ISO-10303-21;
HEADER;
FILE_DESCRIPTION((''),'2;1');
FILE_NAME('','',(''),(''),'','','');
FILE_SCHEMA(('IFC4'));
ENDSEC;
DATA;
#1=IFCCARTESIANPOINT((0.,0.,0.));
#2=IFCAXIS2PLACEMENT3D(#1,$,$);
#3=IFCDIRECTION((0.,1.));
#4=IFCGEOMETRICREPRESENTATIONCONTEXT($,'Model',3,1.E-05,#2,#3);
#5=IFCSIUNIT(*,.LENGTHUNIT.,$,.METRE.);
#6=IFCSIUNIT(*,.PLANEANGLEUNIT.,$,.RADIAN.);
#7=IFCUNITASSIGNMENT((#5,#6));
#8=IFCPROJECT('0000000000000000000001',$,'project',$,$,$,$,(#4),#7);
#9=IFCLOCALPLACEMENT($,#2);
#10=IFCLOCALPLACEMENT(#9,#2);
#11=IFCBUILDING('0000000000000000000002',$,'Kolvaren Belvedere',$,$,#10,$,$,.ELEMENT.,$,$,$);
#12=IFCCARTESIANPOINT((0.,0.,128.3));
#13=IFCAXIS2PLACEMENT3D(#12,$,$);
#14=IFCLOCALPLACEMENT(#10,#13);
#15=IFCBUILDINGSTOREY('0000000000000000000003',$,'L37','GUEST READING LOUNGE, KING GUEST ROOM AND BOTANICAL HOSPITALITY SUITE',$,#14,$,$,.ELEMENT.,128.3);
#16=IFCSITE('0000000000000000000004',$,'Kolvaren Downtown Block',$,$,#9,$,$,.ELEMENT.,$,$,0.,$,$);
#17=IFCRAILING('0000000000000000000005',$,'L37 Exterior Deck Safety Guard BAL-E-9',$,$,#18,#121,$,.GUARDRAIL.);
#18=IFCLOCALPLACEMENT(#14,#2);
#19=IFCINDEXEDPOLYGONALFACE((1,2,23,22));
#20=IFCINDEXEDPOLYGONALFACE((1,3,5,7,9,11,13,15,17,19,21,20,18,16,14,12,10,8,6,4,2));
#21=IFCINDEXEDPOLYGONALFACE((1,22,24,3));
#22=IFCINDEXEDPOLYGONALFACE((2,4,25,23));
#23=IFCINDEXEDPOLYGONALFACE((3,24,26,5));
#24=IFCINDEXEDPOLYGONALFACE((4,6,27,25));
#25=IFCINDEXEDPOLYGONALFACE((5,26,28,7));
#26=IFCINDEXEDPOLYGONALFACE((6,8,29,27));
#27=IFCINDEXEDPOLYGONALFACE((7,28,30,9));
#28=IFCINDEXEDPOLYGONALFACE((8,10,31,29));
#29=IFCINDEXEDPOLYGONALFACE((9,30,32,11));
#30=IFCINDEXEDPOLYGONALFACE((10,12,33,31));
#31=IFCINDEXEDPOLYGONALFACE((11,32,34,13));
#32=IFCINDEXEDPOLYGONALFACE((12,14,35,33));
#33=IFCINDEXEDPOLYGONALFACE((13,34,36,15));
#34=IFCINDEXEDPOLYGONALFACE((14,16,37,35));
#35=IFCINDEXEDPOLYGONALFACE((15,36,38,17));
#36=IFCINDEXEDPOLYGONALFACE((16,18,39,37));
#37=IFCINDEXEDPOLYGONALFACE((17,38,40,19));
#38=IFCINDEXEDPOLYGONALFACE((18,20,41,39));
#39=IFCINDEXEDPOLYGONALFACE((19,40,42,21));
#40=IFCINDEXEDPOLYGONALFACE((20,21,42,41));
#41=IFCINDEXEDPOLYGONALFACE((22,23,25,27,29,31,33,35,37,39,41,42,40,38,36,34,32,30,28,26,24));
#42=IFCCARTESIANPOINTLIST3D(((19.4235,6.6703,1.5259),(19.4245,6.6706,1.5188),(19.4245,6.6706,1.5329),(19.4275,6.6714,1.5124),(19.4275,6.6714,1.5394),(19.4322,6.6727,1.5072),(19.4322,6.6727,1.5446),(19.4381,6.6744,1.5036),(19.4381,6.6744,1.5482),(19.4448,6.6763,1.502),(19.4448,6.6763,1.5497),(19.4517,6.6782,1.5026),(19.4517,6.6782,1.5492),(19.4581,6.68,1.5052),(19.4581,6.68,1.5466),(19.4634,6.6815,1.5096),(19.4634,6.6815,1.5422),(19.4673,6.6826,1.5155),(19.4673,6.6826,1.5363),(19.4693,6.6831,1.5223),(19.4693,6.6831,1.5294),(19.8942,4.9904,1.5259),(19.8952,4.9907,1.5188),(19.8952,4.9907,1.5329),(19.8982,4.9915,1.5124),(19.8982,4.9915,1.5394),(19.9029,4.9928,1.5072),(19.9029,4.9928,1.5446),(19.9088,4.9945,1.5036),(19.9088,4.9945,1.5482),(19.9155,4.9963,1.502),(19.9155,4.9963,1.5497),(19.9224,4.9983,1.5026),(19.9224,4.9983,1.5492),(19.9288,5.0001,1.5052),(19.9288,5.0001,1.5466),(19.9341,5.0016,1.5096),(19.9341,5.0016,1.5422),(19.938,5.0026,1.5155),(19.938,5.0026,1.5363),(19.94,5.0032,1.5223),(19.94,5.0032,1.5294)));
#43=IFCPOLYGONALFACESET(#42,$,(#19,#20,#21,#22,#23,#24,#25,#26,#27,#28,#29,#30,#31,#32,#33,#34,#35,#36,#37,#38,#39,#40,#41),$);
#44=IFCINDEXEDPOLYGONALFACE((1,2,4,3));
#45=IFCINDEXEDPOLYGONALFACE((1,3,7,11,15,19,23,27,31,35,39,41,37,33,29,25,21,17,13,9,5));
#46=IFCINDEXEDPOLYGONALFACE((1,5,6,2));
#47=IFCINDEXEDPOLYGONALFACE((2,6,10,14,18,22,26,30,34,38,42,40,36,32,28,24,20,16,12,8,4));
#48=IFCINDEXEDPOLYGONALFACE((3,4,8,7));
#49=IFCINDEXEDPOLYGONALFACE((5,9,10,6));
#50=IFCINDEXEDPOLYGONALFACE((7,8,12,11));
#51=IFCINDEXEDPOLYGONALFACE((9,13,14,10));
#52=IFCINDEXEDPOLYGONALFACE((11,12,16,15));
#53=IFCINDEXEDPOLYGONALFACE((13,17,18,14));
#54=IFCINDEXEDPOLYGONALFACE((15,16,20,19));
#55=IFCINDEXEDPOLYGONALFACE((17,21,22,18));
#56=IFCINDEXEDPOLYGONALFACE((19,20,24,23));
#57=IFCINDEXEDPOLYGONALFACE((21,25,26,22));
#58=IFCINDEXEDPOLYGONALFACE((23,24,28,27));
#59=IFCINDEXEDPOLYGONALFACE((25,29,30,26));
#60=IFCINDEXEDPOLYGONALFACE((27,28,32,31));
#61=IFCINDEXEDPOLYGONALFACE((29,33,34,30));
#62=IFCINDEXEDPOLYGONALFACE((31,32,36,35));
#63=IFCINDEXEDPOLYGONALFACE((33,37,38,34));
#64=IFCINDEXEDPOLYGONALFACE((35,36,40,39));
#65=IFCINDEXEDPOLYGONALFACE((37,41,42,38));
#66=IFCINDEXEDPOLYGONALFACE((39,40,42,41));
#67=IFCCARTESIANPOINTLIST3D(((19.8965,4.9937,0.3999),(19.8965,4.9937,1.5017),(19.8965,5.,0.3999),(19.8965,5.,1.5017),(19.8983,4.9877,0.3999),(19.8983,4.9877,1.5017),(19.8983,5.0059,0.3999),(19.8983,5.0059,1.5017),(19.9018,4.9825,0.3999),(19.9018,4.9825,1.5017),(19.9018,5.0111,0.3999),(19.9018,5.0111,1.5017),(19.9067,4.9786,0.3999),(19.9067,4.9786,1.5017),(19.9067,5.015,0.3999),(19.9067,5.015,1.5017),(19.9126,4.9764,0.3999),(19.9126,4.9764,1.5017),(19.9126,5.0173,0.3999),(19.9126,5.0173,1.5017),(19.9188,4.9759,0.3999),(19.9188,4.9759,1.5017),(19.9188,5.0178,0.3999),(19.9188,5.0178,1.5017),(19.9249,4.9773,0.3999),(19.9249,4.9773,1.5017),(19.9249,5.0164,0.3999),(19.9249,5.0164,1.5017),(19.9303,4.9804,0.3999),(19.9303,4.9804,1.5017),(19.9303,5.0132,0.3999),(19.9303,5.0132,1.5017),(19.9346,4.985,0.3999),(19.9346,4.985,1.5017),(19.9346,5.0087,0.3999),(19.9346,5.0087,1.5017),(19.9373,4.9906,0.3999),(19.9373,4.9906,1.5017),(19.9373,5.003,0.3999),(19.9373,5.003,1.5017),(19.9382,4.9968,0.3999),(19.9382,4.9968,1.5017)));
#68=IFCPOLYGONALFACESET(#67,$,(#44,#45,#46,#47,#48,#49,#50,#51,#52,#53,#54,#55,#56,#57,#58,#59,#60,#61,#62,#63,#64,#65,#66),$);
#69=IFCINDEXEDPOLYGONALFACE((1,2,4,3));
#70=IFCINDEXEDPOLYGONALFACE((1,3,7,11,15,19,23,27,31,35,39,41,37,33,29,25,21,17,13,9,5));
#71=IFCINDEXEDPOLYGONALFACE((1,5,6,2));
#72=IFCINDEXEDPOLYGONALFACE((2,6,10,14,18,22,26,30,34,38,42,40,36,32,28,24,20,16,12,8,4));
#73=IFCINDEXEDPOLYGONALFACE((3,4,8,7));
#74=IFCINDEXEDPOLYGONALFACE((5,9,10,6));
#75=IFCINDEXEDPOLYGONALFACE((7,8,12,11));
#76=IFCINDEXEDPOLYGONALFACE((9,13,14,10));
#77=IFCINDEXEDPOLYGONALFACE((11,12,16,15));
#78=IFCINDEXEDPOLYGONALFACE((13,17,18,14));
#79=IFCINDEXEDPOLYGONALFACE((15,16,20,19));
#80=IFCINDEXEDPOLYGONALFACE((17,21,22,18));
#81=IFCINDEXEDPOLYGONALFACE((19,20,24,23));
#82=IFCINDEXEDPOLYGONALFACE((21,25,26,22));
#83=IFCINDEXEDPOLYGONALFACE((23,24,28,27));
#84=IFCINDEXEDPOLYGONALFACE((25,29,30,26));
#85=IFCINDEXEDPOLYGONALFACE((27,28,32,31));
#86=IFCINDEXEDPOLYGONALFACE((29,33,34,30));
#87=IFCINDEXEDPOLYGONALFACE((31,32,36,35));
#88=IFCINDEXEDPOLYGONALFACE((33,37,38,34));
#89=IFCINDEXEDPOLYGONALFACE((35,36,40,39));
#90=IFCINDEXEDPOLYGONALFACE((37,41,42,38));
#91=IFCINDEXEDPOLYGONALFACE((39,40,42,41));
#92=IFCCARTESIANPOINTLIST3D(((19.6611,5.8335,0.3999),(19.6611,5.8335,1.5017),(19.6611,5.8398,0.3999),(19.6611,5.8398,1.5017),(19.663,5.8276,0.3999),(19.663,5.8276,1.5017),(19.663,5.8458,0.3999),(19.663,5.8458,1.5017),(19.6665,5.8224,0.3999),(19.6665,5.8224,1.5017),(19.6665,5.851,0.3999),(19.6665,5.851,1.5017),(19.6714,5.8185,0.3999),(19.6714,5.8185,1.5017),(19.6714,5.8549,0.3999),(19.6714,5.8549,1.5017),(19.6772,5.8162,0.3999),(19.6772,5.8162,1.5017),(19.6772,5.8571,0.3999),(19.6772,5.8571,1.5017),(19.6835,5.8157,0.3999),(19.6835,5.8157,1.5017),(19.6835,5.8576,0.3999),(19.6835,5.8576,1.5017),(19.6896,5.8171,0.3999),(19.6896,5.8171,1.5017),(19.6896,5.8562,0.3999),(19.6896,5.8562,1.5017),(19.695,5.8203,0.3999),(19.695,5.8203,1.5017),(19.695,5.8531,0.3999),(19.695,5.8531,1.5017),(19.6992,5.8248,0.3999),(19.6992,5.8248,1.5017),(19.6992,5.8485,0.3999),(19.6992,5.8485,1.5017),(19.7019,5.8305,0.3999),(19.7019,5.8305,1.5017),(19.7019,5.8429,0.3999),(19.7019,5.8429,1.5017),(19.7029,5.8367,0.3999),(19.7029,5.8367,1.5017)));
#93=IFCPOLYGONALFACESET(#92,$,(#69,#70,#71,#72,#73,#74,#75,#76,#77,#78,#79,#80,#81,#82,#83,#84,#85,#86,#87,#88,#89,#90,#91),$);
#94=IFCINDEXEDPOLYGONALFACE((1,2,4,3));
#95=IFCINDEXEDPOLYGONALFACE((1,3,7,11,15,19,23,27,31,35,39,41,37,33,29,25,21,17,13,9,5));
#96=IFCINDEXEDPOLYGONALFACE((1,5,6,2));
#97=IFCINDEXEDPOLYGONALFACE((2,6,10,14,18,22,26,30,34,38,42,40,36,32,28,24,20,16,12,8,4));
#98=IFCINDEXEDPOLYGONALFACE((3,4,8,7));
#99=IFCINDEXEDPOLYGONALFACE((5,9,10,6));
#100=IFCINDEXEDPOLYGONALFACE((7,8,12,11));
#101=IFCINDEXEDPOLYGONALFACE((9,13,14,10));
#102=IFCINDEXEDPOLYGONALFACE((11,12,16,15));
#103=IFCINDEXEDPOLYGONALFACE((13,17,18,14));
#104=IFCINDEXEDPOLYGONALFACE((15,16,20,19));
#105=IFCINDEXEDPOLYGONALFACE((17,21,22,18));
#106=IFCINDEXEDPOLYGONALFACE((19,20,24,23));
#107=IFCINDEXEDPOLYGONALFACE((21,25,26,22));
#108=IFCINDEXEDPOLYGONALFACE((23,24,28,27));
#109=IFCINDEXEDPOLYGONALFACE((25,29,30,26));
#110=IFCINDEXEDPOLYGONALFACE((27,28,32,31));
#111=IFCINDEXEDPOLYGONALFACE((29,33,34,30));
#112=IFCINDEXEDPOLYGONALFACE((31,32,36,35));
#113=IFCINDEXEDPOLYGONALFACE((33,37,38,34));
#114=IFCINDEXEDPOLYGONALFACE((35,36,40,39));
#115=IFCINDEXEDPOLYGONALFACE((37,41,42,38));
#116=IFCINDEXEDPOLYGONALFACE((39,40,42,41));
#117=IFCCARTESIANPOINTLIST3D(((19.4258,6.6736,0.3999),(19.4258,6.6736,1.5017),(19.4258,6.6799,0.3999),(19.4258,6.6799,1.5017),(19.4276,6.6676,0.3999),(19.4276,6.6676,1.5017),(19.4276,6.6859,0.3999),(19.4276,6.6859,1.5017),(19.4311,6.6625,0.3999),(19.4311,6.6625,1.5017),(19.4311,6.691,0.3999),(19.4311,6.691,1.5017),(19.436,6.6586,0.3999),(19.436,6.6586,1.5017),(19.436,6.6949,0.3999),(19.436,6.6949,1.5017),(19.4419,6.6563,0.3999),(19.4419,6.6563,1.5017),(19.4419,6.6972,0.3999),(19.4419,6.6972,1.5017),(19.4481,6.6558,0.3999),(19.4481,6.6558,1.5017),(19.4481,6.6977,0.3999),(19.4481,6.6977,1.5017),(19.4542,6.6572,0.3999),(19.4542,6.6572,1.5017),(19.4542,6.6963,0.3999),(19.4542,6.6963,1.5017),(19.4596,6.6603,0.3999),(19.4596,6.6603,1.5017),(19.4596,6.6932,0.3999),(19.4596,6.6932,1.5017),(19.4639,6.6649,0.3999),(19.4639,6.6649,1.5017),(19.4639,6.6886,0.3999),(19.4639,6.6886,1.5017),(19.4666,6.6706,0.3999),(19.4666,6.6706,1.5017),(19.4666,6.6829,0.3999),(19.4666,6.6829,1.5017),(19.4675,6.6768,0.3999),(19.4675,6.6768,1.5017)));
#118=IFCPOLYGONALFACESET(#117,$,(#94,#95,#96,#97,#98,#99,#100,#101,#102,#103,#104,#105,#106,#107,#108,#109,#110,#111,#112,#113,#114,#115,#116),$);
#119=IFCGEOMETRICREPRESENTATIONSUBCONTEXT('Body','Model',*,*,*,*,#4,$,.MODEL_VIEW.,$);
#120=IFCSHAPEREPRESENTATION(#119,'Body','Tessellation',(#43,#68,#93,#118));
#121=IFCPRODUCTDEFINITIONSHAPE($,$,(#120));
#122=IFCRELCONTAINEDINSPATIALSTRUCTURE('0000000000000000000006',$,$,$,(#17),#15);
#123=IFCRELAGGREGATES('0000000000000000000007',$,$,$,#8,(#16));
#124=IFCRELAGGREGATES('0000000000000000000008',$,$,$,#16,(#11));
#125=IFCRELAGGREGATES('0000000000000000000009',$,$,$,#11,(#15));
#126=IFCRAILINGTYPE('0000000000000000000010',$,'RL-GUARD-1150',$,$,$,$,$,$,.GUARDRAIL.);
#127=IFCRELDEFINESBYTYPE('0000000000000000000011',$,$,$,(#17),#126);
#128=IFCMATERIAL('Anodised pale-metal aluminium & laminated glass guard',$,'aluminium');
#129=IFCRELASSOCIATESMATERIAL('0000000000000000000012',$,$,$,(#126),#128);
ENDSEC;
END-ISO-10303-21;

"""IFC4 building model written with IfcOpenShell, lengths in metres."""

from ifc_helpers import new_model, si_unit, direction, frame, origin, origin_2d, place, context, subcontext, project, spatial, circle, extrude, material, type_object, element, save


model = new_model("IFC4")

# Units and contexts
model_context = context("Model", 3, precision=1e-05, world=origin(), true_north=direction((0.0, 1.0)))
body_context = subcontext(model_context, "Body", "Model", "MODEL_VIEW")
ifc_project = project(units=[si_unit("LENGTHUNIT", "METRE"), si_unit("PLANEANGLEUNIT", "RADIAN")], contexts=[model_context])

# Site, building, storey
site_placement = place(None, origin())
site = spatial("IfcSite", under=ifc_project, at=site_placement, Name="Kolvaren Downtown Block", CompositionType="ELEMENT", RefElevation=0.0)
building_placement = place(site_placement, origin())
building = spatial("IfcBuilding", under=site, at=building_placement, Name="Kolvaren Belvedere", CompositionType="ELEMENT")
storey_placement = place(building_placement, frame((0.0, 0.0, 128.3)))
storey = spatial("IfcBuildingStorey", under=building, at=storey_placement, Name="L37", Description="GUEST READING LOUNGE, KING GUEST ROOM AND BOTANICAL HOSPITALITY SUITE", CompositionType="ELEMENT", Elevation=128.3)

# Railing
ifc_material_1 = material(Name="Anodised pale-metal aluminium & laminated glass guard", Category="aluminium")
railing_type = type_object("IfcRailingType", Name="RL-GUARD-1150", PredefinedType="GUARDRAIL", material=ifc_material_1)
railing_1_placement = place(storey_placement, frame((19.9172, 4.9968, 0.3999)))
element("IfcRailing", 1, at=railing_1_placement, inside=storey, type_object=railing_type, Name="L37 Exterior Deck Safety Guard BAL-E-9", PredefinedType="GUARDRAIL", context=body_context, shape_type="SweptSolid", body=[
    extrude(circle(Radius=0.0239, at=origin_2d()), frame((0.0, 0.0, 1.126), z_axis=(-0.269801, 0.962916, 0.0), x_axis=(-0.962916, -0.269801, 0.0)), (0.0, 0.0, 1.0), 1.7446),
    extrude(circle(Radius=0.021, at=origin_2d()), origin(), (0.0, 0.0, 1.0), 1.1018),
    extrude(circle(Radius=0.021, at=origin_2d()), frame((-0.2354, 0.8398, 0.0)), (0.0, 0.0, 1.0), 1.1018),
    extrude(circle(Radius=0.021, at=origin_2d()), frame((-0.4707, 1.6799, 0.0)), (0.0, 0.0, 1.0), 1.1018),
])

save(model, "model.ifc")
